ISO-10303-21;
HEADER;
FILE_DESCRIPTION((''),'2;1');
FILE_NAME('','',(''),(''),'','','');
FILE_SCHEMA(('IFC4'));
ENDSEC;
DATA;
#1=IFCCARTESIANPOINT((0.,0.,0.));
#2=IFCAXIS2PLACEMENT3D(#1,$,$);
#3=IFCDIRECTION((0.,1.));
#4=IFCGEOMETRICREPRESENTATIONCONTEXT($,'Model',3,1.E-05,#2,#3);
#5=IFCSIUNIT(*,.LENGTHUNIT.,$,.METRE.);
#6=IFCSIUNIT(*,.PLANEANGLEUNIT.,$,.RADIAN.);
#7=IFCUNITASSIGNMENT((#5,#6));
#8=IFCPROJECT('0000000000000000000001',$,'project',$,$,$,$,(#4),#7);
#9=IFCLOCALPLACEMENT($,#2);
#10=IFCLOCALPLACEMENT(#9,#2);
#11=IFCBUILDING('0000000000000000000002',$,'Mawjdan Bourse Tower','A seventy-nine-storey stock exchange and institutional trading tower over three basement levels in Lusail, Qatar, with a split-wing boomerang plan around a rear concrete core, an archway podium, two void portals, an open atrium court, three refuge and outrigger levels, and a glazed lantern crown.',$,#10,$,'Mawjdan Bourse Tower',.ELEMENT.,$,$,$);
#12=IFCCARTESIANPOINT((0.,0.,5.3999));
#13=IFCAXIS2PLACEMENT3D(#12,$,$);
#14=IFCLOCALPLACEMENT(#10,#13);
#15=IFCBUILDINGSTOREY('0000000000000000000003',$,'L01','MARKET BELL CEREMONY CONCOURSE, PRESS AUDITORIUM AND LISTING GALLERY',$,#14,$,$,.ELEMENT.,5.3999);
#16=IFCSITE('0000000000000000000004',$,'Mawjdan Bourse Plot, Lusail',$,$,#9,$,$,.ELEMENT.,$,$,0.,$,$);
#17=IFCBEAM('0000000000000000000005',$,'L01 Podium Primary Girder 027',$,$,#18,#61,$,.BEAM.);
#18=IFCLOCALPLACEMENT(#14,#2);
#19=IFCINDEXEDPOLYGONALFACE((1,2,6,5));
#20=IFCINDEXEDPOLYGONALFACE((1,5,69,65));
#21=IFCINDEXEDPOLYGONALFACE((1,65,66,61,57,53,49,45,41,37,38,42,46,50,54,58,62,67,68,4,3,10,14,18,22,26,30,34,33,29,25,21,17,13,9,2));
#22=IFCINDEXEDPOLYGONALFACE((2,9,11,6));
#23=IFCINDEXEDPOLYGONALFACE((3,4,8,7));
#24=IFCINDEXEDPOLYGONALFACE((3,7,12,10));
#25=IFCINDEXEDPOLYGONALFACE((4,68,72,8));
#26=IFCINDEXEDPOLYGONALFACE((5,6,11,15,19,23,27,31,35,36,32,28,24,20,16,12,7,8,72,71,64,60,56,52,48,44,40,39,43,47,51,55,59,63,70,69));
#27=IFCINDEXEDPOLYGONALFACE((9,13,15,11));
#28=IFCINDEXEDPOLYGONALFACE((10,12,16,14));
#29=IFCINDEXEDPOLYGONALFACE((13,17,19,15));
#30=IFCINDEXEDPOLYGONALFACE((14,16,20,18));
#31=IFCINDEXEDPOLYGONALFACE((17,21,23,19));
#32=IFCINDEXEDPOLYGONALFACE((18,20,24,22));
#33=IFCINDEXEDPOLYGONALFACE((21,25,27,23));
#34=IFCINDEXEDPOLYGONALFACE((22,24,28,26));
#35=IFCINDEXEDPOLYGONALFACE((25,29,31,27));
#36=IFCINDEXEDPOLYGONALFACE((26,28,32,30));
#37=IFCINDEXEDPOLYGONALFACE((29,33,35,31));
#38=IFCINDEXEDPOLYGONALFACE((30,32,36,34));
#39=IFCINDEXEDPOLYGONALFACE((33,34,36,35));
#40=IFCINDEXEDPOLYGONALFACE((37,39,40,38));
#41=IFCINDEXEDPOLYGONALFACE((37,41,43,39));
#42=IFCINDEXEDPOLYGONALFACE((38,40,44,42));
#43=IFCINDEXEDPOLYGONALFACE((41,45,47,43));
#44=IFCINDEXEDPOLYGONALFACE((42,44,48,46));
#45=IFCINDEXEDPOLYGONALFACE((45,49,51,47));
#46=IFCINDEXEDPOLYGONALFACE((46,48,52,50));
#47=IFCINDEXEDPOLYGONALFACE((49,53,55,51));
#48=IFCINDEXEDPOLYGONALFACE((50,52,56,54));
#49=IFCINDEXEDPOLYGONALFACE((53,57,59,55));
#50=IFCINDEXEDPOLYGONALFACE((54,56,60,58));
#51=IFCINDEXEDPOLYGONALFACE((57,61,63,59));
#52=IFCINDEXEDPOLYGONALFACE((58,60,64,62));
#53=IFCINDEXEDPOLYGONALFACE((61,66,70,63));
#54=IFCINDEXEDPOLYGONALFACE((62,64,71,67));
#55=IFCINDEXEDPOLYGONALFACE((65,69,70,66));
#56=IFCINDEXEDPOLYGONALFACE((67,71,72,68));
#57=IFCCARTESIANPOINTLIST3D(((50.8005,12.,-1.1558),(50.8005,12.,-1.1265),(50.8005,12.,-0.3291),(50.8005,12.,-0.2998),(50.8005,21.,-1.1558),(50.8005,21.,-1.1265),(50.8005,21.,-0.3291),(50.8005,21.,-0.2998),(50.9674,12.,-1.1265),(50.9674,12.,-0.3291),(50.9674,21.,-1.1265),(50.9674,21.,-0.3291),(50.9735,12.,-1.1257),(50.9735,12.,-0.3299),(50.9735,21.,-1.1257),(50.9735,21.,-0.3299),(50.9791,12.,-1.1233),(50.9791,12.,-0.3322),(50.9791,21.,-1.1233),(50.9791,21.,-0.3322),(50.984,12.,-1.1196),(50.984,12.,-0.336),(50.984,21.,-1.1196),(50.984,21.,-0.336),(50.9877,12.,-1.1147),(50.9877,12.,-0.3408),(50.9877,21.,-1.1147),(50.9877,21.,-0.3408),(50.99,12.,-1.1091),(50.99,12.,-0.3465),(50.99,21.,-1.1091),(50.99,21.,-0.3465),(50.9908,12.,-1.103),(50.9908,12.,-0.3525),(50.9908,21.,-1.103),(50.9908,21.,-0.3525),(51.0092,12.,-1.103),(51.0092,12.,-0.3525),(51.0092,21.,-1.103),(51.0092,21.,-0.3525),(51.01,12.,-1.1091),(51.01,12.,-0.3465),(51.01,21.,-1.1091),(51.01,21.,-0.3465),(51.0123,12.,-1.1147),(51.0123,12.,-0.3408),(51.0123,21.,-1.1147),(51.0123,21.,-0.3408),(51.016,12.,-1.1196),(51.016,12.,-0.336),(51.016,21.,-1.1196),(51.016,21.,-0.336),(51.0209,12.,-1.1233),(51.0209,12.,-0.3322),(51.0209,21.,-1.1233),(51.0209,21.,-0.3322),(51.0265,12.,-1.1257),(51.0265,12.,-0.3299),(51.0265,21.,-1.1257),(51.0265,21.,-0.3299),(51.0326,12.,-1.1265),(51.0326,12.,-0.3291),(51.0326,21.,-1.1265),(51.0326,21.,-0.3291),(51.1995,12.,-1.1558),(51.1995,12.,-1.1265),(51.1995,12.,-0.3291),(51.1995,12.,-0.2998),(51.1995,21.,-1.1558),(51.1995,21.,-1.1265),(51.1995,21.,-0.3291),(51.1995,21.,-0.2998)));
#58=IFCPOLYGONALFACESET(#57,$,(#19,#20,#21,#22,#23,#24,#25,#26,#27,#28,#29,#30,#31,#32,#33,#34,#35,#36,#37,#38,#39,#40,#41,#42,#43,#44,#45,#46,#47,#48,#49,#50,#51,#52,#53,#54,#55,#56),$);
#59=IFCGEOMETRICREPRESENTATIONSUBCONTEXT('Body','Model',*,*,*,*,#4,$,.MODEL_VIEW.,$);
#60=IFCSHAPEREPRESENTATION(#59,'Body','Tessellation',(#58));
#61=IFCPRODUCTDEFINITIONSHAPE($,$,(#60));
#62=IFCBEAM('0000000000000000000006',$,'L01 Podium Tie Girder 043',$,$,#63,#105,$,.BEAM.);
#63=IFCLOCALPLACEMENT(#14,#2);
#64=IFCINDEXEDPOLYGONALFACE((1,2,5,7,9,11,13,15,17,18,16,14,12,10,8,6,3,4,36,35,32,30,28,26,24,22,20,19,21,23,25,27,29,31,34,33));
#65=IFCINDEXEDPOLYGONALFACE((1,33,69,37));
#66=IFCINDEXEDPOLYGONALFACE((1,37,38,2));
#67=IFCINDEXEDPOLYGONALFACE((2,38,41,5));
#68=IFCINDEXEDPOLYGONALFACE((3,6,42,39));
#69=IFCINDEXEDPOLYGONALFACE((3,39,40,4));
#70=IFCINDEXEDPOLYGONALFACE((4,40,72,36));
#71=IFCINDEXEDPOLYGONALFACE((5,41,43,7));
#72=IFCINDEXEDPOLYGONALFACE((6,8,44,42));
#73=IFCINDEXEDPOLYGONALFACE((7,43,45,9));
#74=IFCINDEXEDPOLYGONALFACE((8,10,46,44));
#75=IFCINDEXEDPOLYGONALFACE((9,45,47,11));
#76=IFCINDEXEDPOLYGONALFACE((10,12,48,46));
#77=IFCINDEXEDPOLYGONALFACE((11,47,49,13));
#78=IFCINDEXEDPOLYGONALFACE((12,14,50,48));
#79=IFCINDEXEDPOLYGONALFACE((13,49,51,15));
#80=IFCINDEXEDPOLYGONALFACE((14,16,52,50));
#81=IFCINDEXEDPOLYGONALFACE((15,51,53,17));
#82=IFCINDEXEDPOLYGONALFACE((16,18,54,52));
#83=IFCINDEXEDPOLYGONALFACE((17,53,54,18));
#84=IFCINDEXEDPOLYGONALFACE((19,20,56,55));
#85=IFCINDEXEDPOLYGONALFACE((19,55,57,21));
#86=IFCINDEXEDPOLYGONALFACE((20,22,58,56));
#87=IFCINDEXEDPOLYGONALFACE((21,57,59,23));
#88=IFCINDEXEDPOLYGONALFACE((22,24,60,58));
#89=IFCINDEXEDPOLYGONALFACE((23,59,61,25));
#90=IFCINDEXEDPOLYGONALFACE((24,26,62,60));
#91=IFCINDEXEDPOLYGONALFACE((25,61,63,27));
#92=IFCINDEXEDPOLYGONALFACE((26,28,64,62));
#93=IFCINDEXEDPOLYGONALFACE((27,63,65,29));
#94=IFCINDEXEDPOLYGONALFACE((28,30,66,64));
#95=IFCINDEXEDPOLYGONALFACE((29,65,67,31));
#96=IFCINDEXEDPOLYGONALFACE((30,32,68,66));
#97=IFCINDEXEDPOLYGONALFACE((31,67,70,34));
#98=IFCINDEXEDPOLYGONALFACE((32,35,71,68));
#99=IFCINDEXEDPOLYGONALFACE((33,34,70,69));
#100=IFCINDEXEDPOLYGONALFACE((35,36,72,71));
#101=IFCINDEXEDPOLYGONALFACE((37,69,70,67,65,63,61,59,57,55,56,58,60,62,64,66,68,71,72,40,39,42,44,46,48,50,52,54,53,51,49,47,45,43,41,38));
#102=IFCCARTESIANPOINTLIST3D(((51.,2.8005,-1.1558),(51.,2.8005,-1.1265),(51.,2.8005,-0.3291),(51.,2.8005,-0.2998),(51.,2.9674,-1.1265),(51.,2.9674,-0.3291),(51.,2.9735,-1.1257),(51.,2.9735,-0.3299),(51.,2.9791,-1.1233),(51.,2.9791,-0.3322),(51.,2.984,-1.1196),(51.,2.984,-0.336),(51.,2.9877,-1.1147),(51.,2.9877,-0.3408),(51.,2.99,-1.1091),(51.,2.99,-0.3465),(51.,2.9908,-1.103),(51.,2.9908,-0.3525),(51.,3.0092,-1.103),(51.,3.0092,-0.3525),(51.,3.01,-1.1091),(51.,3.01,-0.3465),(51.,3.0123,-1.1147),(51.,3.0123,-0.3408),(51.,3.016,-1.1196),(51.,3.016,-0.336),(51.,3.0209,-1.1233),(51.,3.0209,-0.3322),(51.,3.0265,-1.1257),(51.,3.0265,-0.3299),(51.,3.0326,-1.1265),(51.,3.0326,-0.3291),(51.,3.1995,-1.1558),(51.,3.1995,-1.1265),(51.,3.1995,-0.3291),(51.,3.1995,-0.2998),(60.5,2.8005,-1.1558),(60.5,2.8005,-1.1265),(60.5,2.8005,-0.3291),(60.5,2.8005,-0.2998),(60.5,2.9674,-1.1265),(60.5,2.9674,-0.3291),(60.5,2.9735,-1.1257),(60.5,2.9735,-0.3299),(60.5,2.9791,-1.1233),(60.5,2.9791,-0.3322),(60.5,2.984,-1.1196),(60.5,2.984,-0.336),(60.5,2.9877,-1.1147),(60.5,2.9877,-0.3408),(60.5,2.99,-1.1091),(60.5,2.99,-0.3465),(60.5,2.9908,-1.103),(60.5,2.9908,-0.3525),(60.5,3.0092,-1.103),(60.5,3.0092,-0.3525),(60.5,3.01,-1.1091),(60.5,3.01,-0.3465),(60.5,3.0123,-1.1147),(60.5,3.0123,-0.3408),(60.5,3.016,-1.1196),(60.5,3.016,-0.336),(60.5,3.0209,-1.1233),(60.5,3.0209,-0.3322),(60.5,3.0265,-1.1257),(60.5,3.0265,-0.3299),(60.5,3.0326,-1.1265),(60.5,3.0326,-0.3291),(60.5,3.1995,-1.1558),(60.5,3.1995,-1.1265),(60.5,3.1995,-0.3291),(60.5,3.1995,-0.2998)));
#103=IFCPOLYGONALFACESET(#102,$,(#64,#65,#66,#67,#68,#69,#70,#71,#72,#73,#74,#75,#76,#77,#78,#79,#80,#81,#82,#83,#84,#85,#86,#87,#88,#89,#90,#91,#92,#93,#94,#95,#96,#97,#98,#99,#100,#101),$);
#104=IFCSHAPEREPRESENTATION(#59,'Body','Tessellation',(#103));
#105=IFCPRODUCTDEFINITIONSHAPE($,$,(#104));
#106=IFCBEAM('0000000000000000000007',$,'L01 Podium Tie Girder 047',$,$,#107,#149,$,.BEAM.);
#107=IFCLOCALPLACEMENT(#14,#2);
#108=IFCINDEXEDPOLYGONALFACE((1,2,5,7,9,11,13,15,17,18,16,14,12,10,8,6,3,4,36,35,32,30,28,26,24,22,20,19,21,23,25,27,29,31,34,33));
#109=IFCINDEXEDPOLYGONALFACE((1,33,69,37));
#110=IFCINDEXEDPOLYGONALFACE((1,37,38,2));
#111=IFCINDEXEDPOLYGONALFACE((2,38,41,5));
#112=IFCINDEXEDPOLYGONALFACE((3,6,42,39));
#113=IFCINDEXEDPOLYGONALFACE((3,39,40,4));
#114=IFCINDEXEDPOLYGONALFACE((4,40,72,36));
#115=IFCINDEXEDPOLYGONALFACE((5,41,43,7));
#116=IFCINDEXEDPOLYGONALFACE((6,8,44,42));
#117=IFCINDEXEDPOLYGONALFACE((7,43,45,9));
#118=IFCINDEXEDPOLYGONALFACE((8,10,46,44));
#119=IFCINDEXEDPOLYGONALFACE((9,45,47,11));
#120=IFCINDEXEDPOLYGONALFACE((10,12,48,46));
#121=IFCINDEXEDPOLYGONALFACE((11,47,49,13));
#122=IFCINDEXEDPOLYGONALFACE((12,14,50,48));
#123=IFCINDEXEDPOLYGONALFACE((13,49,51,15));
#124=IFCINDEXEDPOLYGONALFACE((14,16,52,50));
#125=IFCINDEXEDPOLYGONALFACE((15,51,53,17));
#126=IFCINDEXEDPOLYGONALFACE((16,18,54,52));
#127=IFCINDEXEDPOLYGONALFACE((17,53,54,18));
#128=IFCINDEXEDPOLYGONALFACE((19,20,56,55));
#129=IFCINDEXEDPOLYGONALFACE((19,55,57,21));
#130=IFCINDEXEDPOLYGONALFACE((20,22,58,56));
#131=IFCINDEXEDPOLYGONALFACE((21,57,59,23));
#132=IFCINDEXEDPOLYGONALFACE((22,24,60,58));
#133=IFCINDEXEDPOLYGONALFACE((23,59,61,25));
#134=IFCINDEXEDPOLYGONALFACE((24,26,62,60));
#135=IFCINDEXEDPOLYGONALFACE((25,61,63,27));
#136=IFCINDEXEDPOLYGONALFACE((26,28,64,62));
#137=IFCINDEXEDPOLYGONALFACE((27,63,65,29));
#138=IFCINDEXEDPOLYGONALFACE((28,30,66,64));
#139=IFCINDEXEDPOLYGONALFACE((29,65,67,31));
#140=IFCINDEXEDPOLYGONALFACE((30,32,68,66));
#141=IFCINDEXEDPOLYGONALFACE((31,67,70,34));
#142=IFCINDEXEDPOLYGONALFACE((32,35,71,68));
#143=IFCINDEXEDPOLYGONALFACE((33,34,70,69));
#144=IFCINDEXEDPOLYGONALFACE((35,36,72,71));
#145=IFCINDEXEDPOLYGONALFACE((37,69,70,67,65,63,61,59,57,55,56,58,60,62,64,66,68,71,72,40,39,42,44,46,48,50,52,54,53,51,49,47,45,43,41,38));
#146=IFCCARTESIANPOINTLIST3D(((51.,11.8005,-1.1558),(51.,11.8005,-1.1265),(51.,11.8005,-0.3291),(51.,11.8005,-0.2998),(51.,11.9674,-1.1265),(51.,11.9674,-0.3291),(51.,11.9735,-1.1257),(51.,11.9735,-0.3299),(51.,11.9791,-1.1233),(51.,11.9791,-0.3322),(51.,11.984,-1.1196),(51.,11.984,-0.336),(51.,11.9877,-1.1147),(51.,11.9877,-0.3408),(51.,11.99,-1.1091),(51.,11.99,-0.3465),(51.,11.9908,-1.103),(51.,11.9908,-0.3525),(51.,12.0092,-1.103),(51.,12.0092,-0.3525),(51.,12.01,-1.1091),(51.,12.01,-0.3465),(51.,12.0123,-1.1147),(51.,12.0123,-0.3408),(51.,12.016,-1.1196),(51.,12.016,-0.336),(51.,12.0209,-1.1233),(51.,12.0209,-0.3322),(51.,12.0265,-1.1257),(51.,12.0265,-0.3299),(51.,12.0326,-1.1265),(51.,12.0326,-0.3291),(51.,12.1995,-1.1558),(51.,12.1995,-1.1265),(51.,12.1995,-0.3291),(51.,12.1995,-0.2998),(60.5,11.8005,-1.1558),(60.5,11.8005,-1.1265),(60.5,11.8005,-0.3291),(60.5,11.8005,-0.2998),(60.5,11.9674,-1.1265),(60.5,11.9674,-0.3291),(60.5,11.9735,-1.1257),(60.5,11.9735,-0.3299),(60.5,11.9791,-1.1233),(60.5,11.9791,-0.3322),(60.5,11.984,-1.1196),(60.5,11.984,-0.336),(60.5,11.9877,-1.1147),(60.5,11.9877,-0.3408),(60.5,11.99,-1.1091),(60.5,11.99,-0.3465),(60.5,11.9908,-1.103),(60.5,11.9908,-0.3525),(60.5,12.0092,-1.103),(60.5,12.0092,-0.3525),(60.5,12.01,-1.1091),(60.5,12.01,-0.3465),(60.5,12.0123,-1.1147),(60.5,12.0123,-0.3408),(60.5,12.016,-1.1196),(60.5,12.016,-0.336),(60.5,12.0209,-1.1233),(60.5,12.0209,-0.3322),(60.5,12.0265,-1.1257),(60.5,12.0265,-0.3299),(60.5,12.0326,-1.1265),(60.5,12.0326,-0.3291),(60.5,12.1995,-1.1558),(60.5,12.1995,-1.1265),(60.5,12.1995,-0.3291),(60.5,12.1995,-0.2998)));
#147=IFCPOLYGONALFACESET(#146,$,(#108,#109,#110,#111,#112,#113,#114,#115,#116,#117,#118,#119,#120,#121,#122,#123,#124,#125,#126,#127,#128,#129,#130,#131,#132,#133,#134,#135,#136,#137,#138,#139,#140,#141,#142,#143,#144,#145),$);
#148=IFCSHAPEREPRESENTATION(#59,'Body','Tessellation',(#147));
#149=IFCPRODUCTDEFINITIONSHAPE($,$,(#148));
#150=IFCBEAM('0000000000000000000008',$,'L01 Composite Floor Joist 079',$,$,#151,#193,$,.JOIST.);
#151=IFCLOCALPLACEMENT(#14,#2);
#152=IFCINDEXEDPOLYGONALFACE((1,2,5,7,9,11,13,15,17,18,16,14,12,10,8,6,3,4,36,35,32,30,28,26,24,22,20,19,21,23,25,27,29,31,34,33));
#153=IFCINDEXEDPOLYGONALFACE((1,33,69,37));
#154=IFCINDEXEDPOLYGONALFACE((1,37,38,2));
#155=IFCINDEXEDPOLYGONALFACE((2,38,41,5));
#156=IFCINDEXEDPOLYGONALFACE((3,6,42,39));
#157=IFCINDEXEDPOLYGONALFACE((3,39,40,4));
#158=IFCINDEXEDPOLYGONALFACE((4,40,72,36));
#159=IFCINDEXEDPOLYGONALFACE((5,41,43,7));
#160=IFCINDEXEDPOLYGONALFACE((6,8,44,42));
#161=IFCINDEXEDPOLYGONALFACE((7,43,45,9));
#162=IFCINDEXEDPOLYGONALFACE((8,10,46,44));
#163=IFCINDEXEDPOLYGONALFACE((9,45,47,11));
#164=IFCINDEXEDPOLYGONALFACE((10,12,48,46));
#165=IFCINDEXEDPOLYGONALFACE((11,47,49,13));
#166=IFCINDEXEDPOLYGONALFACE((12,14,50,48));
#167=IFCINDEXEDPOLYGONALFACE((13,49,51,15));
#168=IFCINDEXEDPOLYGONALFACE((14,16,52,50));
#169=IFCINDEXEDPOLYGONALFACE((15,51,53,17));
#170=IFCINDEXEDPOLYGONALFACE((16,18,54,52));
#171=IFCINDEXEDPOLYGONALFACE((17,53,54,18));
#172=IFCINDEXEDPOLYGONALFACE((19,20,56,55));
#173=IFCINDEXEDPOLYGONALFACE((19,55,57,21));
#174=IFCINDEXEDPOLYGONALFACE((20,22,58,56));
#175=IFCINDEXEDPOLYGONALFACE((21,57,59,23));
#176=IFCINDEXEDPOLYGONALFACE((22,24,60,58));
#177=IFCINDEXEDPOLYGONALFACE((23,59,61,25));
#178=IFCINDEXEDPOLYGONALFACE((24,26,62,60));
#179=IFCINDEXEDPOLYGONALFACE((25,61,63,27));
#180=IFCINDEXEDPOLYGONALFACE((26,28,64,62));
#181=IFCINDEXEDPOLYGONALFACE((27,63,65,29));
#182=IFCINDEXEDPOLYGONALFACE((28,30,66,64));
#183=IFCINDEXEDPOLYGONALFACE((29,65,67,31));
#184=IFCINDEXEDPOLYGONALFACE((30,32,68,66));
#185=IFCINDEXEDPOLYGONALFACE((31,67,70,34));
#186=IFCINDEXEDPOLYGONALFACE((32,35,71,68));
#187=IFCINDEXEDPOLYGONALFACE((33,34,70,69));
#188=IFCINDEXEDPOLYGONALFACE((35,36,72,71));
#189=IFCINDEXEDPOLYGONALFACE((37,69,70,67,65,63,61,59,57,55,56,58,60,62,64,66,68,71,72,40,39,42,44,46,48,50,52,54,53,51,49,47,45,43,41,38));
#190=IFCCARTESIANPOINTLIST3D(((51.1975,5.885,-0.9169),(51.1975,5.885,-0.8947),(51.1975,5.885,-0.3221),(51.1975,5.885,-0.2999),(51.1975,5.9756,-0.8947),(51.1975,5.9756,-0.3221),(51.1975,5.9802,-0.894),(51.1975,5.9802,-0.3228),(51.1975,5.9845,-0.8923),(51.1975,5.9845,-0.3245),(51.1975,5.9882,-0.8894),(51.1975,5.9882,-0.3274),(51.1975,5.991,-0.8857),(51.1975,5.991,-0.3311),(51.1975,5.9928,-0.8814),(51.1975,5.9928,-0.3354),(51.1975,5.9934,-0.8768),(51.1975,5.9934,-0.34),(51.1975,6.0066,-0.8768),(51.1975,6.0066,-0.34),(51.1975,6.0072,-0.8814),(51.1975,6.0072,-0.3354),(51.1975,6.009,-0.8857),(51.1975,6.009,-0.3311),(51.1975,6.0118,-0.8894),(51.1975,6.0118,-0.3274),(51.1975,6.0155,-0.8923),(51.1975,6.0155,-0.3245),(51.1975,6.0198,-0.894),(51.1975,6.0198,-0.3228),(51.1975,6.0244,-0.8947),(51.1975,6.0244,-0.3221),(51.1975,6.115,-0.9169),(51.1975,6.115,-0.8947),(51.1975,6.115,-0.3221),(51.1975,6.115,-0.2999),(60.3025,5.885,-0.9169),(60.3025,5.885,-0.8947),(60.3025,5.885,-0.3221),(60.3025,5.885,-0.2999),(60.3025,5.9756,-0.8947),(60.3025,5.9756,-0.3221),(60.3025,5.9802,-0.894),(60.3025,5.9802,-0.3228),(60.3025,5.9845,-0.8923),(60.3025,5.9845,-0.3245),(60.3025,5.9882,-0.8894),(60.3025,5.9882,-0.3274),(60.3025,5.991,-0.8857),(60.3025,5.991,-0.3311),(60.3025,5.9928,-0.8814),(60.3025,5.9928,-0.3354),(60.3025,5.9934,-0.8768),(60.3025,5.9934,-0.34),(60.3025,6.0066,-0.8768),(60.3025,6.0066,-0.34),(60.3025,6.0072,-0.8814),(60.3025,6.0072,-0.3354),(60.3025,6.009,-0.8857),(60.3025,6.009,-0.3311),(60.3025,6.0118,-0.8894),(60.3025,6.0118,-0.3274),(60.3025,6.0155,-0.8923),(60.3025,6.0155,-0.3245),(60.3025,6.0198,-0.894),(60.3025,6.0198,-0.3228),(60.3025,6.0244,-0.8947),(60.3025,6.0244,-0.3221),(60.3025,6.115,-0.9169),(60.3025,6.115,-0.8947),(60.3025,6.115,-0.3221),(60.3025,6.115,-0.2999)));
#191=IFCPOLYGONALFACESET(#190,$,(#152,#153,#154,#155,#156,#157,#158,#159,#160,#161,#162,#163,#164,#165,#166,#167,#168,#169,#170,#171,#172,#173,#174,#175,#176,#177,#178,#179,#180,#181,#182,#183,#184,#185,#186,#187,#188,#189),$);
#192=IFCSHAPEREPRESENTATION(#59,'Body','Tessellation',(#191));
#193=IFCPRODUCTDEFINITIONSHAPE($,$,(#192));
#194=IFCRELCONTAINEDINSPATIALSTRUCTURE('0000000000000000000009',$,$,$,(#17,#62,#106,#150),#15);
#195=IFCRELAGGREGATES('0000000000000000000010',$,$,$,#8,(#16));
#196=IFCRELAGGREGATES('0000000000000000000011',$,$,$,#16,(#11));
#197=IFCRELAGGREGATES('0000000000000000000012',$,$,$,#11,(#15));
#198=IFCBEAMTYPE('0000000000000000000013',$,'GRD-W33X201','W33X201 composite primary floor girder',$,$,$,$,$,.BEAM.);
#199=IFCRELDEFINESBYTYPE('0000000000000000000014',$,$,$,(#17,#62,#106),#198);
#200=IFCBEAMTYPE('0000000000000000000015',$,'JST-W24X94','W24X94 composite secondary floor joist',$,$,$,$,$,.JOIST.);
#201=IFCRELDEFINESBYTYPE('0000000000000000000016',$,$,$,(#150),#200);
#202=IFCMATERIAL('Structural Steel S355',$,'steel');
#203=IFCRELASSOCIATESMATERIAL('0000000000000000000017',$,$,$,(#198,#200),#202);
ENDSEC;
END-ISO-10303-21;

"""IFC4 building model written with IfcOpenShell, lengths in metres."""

from ifc_helpers import new_model, si_unit, direction, frame, origin, origin_2d, place, context, subcontext, project, spatial, i_section, extrude, material, material_profile, profile_set, type_object, element, save


model = new_model("IFC4")

# Units and contexts
model_context = context("Model", 3, precision=1e-05, world=origin(), true_north=direction((0.0, 1.0)))
body_context = subcontext(model_context, "Body", "Model", "MODEL_VIEW")
ifc_project = project(units=[si_unit("LENGTHUNIT", "METRE"), si_unit("PLANEANGLEUNIT", "RADIAN")], contexts=[model_context])

# Site, building, storey
site_placement = place(None, origin())
site = spatial("IfcSite", under=ifc_project, at=site_placement, Name="Mawjdan Bourse Plot, Lusail", CompositionType="ELEMENT", RefElevation=0.0)
building_placement = place(site_placement, origin())
building = spatial("IfcBuilding", under=site, at=building_placement, Name="Mawjdan Bourse Tower", Description="A seventy-nine-storey stock exchange and institutional trading tower over three basement levels in Lusail, Qatar, with a split-wing boomerang plan around a rear concrete core, an archway podium, two void portals, an open atrium court, three refuge and outrigger levels, and a glazed lantern crown.", LongName="Mawjdan Bourse Tower", CompositionType="ELEMENT")
storey_placement = place(building_placement, frame((0.0, 0.0, 5.3999)))
storey = spatial("IfcBuildingStorey", under=building, at=storey_placement, Name="L01", Description="MARKET BELL CEREMONY CONCOURSE, PRESS AUDITORIUM AND LISTING GALLERY", CompositionType="ELEMENT", Elevation=5.3999)

# Beams
ifc_material_1 = material(Name="Structural Steel S355", Category="steel")
ifc_material_profile_1 = material_profile(ifc_material_1, i_section(OverallWidth=0.3989, OverallDepth=0.856, WebThickness=0.0183, FlangeThickness=0.0293, FilletRadius=0.0234, at=origin_2d()), Name="W33X201")
ifc_profile_set_1 = profile_set([ifc_material_profile_1], Name="Structural Steel S355")
beam_type_1 = type_object("IfcBeamType", Name="GRD-W33X201", Description="W33X201 composite primary floor girder", PredefinedType="BEAM", material=ifc_profile_set_1)
for number, where, z_axis, x_axis, name in (
    (1, (51.0, 12.0, -0.7278), (0.0, 1.0, 0.0), (-1.0, 0.0, 0.0), "L01 Podium Primary Girder 027"),
):
    element("IfcBeam", number, at=place(storey_placement, frame(where, z_axis=z_axis, x_axis=x_axis)), inside=storey, type_object=beam_type_1, Name=name, PredefinedType="BEAM", context=body_context, shape_type="SweptSolid", body=[
        extrude(i_section(OverallWidth=0.3989, OverallDepth=0.856, WebThickness=0.0183, FlangeThickness=0.0293, FilletRadius=0.0234, at=origin_2d()), origin(), (0.0, 0.0, 1.0), 9.0),
    ])
for number, where, z_axis, x_axis, name in (
    (2, (51.0, 3.0, -0.7278), (1.0, 0.0, 0.0), (0.0, 1.0, 0.0), "L01 Podium Tie Girder 043"),
    (3, (51.0, 12.0, -0.7278), (1.0, 0.0, 0.0), (0.0, 1.0, 0.0), "L01 Podium Tie Girder 047"),
):
    element("IfcBeam", number, at=place(storey_placement, frame(where, z_axis=z_axis, x_axis=x_axis)), inside=storey, type_object=beam_type_1, Name=name, PredefinedType="BEAM", context=body_context, shape_type="SweptSolid", body=[
        extrude(i_section(OverallWidth=0.3989, OverallDepth=0.856, WebThickness=0.0183, FlangeThickness=0.0293, FilletRadius=0.0234, at=origin_2d()), origin(), (0.0, 0.0, 1.0), 9.5),
    ])
ifc_material_profile_2 = material_profile(ifc_material_1, i_section(OverallWidth=0.23, OverallDepth=0.6169, WebThickness=0.0132, FlangeThickness=0.0222, FilletRadius=0.0178, at=origin_2d()), Name="W24X94")
ifc_profile_set_2 = profile_set([ifc_material_profile_2], Name="Structural Steel S355")
beam_type_2 = type_object("IfcBeamType", Name="JST-W24X94", Description="W24X94 composite secondary floor joist", PredefinedType="JOIST", material=ifc_profile_set_2)
for number, where, z_axis, x_axis, name in (
    (4, (51.1975, 6.0, -0.6084), (1.0, 0.0, 0.0), (0.0, 1.0, 0.0), "L01 Composite Floor Joist 079"),
):
    element("IfcBeam", number, at=place(storey_placement, frame(where, z_axis=z_axis, x_axis=x_axis)), inside=storey, type_object=beam_type_2, Name=name, PredefinedType="JOIST", context=body_context, shape_type="SweptSolid", body=[
        extrude(i_section(OverallWidth=0.23, OverallDepth=0.6169, WebThickness=0.0132, FlangeThickness=0.0222, FilletRadius=0.0178, at=origin_2d()), origin(), (0.0, 0.0, 1.0), 9.105),
    ])

save(model, "model.ifc")
